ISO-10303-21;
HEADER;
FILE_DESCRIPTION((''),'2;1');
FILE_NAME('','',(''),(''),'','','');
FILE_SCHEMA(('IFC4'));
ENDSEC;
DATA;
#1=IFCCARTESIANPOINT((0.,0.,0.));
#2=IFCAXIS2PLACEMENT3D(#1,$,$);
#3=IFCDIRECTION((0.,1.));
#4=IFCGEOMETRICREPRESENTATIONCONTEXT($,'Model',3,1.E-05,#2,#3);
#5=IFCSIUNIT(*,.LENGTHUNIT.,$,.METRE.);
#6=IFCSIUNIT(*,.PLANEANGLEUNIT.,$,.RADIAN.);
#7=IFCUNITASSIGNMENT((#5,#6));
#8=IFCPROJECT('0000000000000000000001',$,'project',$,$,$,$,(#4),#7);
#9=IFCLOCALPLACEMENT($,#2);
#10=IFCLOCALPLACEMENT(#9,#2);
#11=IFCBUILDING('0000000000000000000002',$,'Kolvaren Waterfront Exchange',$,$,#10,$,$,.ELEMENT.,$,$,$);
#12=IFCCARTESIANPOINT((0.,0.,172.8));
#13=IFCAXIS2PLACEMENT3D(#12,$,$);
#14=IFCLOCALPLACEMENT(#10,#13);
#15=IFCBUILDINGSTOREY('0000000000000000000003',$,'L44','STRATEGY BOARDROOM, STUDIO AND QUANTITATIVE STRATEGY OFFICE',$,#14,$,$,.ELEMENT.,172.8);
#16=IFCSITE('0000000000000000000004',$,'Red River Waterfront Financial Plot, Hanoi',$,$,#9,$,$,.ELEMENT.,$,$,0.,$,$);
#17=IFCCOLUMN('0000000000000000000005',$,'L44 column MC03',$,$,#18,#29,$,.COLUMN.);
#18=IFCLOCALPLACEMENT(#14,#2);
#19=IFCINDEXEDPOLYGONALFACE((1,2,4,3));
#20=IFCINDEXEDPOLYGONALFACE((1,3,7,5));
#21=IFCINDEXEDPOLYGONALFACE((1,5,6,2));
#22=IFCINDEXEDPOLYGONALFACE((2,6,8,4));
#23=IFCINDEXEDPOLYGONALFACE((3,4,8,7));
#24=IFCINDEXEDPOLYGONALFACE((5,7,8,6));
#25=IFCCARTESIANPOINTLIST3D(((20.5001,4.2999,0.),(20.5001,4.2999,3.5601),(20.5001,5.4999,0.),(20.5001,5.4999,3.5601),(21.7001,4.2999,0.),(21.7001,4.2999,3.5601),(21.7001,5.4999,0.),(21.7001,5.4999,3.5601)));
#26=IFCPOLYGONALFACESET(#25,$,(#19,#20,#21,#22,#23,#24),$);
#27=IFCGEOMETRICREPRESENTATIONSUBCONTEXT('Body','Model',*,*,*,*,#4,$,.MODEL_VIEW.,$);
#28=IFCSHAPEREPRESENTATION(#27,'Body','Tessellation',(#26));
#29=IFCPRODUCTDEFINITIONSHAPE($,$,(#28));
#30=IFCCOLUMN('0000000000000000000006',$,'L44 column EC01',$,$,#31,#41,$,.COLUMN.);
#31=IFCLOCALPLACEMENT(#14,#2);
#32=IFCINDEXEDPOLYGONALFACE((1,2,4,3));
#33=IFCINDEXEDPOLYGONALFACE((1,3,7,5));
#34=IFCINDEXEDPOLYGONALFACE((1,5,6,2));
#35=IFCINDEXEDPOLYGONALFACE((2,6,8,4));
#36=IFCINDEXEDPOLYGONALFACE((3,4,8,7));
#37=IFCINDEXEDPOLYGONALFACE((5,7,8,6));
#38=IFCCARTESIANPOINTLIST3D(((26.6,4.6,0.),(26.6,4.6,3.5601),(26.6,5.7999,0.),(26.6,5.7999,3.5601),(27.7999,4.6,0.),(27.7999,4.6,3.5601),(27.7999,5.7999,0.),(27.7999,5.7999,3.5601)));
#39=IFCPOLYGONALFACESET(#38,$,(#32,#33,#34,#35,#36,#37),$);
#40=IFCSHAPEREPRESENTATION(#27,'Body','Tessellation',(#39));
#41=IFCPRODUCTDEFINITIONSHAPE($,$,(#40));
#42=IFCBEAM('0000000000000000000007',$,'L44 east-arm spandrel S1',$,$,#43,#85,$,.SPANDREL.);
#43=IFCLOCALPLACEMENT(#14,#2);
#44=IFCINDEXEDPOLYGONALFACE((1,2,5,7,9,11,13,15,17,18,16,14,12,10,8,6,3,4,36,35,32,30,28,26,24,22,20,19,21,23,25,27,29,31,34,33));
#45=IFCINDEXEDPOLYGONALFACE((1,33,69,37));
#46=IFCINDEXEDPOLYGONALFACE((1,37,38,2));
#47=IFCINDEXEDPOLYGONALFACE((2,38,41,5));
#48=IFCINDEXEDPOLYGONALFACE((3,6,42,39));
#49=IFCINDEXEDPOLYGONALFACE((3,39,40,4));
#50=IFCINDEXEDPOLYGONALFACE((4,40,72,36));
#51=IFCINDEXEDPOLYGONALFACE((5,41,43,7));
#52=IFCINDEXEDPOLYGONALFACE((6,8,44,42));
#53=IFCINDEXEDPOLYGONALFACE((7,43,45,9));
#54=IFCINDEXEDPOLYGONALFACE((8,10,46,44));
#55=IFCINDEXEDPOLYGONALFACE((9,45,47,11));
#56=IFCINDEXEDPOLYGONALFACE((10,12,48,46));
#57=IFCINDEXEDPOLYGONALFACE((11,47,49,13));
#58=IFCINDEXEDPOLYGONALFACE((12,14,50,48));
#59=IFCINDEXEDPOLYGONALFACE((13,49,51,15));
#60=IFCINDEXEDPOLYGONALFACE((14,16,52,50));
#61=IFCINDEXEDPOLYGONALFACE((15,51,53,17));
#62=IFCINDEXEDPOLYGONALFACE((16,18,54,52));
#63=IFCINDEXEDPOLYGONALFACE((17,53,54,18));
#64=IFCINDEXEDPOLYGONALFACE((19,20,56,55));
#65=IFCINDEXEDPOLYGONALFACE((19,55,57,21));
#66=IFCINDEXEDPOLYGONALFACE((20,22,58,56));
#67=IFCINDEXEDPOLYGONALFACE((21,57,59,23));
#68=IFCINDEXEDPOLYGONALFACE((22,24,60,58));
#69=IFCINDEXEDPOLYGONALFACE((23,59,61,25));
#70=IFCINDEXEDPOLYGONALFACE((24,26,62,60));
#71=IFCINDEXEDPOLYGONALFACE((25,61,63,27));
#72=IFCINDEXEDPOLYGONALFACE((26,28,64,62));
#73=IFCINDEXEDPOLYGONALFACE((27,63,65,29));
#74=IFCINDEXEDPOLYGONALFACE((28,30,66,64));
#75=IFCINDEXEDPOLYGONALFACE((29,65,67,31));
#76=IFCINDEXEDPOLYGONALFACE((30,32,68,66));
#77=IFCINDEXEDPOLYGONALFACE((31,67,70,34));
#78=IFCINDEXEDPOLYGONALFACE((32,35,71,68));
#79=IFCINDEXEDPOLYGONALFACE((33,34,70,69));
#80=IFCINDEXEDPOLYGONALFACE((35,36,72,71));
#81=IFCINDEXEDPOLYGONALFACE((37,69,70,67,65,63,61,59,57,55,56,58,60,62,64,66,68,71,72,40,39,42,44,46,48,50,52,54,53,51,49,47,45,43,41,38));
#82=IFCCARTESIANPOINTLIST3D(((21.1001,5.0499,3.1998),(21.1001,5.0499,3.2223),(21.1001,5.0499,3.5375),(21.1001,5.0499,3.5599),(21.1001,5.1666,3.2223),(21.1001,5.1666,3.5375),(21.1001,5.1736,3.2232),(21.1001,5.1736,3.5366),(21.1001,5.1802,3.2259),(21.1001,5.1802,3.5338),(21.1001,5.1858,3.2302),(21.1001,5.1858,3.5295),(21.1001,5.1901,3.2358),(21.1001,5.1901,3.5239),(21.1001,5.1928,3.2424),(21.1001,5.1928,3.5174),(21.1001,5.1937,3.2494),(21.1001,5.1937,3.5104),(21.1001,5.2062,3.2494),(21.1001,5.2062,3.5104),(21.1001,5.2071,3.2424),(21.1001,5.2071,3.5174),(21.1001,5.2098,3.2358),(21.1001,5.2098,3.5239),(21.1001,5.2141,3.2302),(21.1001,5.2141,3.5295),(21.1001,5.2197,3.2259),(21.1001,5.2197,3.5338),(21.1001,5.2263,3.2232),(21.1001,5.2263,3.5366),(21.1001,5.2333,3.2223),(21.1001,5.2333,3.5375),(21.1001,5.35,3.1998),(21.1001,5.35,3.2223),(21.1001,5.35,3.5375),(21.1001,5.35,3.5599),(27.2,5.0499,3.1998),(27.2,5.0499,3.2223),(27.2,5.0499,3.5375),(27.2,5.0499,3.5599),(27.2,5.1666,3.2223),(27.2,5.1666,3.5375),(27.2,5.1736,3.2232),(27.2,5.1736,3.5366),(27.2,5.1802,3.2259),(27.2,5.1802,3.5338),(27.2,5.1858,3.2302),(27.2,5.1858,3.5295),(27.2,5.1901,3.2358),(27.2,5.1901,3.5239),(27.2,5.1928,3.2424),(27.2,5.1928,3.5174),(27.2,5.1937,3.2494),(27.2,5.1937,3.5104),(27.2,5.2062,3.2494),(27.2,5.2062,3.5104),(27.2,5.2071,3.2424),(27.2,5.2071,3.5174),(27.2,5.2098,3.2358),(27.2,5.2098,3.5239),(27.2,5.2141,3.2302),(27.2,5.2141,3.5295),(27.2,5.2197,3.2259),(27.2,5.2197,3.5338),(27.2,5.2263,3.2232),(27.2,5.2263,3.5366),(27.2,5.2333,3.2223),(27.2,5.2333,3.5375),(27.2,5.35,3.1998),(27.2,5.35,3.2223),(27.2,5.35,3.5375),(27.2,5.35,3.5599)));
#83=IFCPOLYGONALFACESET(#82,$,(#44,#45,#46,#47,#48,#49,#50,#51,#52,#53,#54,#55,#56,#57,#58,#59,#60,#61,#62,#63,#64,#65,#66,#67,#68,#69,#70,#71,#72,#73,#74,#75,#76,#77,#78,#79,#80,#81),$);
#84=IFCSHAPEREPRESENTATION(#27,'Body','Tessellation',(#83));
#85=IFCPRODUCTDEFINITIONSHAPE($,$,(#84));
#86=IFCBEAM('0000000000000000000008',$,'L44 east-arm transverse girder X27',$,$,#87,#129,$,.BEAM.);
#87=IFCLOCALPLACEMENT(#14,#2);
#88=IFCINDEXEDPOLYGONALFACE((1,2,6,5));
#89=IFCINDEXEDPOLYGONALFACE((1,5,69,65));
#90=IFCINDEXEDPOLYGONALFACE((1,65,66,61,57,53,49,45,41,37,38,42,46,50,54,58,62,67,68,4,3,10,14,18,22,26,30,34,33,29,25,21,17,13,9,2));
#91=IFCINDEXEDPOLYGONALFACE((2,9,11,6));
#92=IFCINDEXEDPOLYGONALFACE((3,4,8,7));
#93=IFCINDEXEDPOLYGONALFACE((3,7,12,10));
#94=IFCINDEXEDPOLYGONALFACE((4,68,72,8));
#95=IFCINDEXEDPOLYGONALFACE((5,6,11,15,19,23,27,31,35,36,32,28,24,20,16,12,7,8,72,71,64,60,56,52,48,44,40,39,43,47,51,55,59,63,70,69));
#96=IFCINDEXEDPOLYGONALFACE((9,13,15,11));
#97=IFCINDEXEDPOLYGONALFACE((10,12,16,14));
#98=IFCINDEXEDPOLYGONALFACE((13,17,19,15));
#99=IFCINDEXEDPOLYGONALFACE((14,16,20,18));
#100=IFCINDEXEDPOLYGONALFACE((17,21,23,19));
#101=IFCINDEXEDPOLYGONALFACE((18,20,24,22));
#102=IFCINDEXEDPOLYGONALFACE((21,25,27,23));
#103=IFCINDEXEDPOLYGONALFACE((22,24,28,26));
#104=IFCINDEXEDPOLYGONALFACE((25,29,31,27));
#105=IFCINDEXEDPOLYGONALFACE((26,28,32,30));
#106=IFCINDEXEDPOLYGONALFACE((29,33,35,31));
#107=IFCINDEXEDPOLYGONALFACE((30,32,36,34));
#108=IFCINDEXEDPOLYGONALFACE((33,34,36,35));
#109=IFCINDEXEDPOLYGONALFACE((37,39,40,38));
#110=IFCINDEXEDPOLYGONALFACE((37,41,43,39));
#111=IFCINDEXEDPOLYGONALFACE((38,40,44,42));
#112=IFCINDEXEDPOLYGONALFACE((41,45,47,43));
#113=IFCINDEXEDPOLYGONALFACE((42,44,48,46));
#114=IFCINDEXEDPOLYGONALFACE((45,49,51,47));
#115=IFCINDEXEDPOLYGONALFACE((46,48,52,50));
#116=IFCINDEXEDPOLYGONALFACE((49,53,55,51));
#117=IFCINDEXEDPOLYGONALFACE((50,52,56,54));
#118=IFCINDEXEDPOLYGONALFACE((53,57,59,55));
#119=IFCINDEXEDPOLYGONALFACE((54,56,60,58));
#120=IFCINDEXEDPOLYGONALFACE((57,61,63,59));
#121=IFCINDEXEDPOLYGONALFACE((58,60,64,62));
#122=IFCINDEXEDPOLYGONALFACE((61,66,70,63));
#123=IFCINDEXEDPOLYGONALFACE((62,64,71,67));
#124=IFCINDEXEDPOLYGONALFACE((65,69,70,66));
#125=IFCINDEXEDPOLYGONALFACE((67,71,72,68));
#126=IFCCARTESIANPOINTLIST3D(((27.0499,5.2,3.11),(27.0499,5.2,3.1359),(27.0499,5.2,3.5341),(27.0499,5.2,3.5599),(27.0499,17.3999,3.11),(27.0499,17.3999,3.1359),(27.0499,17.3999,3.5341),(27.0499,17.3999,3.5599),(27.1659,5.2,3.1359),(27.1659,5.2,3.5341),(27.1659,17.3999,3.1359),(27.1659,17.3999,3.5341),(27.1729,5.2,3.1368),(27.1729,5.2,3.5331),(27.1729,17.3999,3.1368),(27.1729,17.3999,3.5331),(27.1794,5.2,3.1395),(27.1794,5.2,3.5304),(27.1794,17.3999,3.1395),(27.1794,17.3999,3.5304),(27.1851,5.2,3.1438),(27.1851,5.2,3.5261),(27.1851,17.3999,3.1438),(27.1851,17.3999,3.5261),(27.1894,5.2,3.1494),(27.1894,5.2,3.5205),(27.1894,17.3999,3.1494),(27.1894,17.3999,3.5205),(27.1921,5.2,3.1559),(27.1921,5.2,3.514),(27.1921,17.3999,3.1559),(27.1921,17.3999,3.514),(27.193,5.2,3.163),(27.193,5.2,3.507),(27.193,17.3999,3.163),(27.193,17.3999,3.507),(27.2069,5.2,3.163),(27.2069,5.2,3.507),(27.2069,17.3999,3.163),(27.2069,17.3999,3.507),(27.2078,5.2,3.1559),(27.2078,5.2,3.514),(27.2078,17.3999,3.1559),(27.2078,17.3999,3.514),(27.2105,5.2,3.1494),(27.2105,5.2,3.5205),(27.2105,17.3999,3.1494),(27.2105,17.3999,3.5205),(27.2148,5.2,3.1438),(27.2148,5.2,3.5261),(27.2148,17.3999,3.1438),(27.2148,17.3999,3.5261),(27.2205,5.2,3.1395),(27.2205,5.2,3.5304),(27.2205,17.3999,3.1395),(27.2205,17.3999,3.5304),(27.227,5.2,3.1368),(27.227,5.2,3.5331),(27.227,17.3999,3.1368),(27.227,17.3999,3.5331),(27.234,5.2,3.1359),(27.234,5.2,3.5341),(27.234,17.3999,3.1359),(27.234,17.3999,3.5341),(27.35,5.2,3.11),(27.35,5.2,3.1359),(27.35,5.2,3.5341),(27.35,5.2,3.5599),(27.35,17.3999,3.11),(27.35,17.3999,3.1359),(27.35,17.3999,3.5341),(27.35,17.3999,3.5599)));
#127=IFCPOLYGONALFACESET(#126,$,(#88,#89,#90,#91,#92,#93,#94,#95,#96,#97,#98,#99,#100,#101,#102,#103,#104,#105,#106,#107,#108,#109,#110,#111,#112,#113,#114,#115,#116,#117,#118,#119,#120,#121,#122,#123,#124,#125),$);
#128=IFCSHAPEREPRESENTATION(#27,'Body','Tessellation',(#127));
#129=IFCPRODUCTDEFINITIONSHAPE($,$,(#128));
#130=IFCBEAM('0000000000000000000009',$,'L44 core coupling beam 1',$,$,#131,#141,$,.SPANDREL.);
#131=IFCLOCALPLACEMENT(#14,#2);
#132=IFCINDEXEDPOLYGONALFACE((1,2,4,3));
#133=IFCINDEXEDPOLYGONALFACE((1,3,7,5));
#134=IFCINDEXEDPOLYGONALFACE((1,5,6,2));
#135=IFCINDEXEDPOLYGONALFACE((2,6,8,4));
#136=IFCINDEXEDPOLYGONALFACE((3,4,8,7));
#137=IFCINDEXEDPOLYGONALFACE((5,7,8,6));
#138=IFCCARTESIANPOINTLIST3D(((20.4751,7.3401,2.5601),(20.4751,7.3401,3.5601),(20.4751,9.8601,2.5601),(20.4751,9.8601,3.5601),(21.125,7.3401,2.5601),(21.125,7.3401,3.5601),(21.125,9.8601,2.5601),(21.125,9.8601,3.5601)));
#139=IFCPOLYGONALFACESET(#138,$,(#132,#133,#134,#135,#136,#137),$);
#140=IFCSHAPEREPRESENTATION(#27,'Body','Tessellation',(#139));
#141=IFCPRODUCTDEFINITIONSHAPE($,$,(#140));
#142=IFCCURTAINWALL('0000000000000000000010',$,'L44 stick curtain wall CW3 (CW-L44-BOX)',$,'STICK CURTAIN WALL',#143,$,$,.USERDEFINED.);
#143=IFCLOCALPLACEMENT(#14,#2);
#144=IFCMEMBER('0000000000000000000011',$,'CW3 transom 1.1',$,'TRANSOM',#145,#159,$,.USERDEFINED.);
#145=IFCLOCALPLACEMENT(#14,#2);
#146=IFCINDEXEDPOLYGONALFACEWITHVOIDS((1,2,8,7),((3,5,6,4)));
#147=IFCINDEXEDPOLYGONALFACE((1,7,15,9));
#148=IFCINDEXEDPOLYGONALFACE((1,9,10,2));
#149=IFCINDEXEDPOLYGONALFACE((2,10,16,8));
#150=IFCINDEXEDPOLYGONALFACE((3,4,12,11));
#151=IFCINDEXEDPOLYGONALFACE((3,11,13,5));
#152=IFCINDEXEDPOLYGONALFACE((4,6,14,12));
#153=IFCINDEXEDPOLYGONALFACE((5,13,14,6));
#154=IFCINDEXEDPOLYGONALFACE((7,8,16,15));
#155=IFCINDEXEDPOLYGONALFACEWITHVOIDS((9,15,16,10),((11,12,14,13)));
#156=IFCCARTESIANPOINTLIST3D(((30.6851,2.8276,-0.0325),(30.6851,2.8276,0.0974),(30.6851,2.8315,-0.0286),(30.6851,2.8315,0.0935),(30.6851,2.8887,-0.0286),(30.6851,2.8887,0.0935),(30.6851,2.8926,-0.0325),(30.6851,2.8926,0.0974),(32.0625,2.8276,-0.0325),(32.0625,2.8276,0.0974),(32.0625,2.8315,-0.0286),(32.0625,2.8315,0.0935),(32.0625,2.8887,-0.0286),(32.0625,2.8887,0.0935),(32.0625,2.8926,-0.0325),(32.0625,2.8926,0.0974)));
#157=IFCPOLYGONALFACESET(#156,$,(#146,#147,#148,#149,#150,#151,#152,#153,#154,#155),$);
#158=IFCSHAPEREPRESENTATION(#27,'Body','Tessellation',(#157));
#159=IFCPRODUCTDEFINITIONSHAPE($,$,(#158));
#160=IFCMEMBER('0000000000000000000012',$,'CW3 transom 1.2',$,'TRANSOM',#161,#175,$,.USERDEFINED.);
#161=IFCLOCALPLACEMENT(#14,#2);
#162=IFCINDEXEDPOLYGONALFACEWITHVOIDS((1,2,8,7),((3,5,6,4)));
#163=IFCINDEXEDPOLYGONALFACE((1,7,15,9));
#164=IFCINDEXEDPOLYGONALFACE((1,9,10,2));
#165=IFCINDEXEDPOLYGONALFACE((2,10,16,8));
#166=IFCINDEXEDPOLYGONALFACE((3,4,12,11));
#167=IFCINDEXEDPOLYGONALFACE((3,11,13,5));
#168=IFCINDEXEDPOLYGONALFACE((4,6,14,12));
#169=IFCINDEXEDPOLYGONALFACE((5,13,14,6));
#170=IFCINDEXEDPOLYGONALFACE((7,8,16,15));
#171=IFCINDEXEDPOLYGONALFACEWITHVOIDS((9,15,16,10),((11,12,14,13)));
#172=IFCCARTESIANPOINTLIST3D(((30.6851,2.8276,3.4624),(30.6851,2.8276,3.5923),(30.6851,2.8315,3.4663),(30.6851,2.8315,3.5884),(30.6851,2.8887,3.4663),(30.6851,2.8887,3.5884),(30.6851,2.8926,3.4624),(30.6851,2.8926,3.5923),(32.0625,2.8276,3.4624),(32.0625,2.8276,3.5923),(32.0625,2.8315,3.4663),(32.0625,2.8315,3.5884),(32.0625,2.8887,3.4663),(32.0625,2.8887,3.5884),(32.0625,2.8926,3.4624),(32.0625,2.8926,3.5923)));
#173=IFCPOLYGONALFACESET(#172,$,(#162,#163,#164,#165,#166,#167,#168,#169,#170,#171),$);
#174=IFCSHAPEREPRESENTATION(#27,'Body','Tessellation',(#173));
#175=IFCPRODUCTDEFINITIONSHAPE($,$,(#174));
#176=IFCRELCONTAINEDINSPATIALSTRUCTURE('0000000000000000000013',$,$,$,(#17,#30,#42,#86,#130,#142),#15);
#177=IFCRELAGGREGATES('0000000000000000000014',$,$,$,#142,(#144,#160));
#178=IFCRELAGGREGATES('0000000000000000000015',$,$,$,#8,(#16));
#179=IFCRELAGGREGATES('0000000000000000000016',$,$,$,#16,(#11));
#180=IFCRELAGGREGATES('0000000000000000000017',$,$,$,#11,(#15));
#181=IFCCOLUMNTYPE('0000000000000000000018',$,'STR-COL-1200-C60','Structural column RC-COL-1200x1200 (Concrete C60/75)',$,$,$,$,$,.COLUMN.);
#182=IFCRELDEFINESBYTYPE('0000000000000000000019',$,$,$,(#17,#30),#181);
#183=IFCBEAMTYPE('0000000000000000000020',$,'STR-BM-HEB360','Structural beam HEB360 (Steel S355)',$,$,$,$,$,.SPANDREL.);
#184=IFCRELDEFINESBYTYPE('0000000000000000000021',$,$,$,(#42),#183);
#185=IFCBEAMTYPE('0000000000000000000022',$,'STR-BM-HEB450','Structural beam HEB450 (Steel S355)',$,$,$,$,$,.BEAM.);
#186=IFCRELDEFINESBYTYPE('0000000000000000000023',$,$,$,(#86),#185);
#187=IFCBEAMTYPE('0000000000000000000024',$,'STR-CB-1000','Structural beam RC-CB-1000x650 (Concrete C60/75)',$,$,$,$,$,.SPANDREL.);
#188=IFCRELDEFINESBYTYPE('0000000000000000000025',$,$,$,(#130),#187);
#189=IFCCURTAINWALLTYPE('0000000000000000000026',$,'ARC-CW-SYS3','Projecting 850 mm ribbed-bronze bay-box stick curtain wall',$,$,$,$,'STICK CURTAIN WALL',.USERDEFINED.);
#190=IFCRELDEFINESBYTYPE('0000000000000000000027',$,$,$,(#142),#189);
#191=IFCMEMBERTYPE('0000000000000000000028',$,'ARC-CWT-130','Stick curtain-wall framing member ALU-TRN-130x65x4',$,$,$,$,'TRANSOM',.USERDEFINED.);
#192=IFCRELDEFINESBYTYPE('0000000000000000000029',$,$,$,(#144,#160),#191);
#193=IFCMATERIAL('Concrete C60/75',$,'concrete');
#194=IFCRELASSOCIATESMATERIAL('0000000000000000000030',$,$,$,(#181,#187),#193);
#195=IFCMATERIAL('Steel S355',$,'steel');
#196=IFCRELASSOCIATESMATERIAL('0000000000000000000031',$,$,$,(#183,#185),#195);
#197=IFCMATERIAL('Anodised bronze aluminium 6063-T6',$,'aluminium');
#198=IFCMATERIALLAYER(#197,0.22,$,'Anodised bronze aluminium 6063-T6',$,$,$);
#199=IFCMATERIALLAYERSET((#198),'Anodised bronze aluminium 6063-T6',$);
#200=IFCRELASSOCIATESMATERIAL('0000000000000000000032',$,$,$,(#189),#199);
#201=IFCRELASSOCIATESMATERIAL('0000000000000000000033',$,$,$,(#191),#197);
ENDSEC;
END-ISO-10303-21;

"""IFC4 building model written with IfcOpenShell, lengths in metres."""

from ifc_helpers import new_model, si_unit, direction, frame, origin, origin_with_axes, origin_2d, place, context, subcontext, project, spatial, rectangle, hollow_rectangle, i_section, extrude, source, transform, mapped, material, layer, layer_set, material_profile, profile_set, type_object, element, aggregate, save


model = new_model("IFC4")

# Units and contexts
model_context = context("Model", 3, precision=1e-05, world=origin(), true_north=direction((0.0, 1.0)))
body_context = subcontext(model_context, "Body", "Model", "MODEL_VIEW")
ifc_project = project(units=[si_unit("LENGTHUNIT", "METRE"), si_unit("PLANEANGLEUNIT", "RADIAN")], contexts=[model_context])

# Site, building, storey
site_placement = place(None, origin())
site = spatial("IfcSite", under=ifc_project, at=site_placement, Name="Red River Waterfront Financial Plot, Hanoi", CompositionType="ELEMENT", RefElevation=0.0)
building_placement = place(site_placement, origin())
building = spatial("IfcBuilding", under=site, at=building_placement, Name="Kolvaren Waterfront Exchange", CompositionType="ELEMENT")
storey_placement = place(building_placement, frame((0.0, 0.0, 172.8)))
storey = spatial("IfcBuildingStorey", under=building, at=storey_placement, Name="L44", Description="STRATEGY BOARDROOM, STUDIO AND QUANTITATIVE STRATEGY OFFICE", CompositionType="ELEMENT", Elevation=172.8)

# Columns
ifc_material_1 = material(Name="Concrete C60/75", Category="concrete")
ifc_material_profile_1 = material_profile(ifc_material_1, rectangle(XDim=1.2, YDim=1.2, at=origin_2d()), Name="RC-COL-1200x1200")
ifc_profile_set_1 = profile_set([ifc_material_profile_1], Name="Concrete C60/75")
column_type = type_object("IfcColumnType", Name="STR-COL-1200-C60", Description="Structural column RC-COL-1200x1200 (Concrete C60/75)", PredefinedType="COLUMN", material=ifc_profile_set_1)
for number, where, z_axis, x_axis, name in (
    (1, (21.1001, 4.8999, 0.0), (0.0, 0.0, 1.0), (1.0, 0.0, 0.0), "L44 column MC03"),
    (2, (27.2, 5.2, 0.0), (0.0, 0.0, 1.0), (1.0, 0.0, 0.0), "L44 column EC01"),
):
    element("IfcColumn", number, at=place(storey_placement, frame(where, z_axis=z_axis, x_axis=x_axis)), inside=storey, type_object=column_type, Name=name, PredefinedType="COLUMN", context=body_context, shape_type="SweptSolid", body=[
        extrude(rectangle(XDim=1.2, YDim=1.2, at=origin_2d()), origin(), (0.0, 0.0, 1.0), 3.5601),
    ])

# Beams
ifc_material_2 = material(Name="Steel S355", Category="steel")
ifc_material_profile_2 = material_profile(ifc_material_2, i_section(OverallWidth=0.3, OverallDepth=0.3601, WebThickness=0.0125, FlangeThickness=0.0225, FilletRadius=0.0271, at=origin_2d()), Name="HEB360")
ifc_profile_set_2 = profile_set([ifc_material_profile_2], Name="Steel S355")
beam_type_1 = type_object("IfcBeamType", Name="STR-BM-HEB360", Description="Structural beam HEB360 (Steel S355)", PredefinedType="SPANDREL", material=ifc_profile_set_2)
beam_1_placement = place(storey_placement, frame((21.1001, 5.2, 3.3799), z_axis=(1.0, 0.0, 0.0), x_axis=(0.0, 1.0, 0.0)))
element("IfcBeam", 3, at=beam_1_placement, inside=storey, type_object=beam_type_1, Name="L44 east-arm spandrel S1", PredefinedType="SPANDREL", context=body_context, shape_type="SweptSolid", body=[
    extrude(i_section(OverallWidth=0.3, OverallDepth=0.3601, WebThickness=0.0125, FlangeThickness=0.0225, FilletRadius=0.0271, at=origin_2d()), origin(), (0.0, 0.0, 1.0), 6.0999),
])
ifc_material_profile_3 = material_profile(ifc_material_2, i_section(OverallWidth=0.3, OverallDepth=0.45, WebThickness=0.0139, FlangeThickness=0.0259, FilletRadius=0.0271, at=origin_2d()), Name="HEB450")
ifc_profile_set_3 = profile_set([ifc_material_profile_3], Name="Steel S355")
beam_type_2 = type_object("IfcBeamType", Name="STR-BM-HEB450", Description="Structural beam HEB450 (Steel S355)", PredefinedType="BEAM", material=ifc_profile_set_3)
beam_2_placement = place(storey_placement, frame((27.2, 5.2, 3.335), z_axis=(0.0, 1.0, 0.0), x_axis=(-1.0, 0.0, 0.0)))
element("IfcBeam", 4, at=beam_2_placement, inside=storey, type_object=beam_type_2, Name="L44 east-arm transverse girder X27", PredefinedType="BEAM", context=body_context, shape_type="SweptSolid", body=[
    extrude(i_section(OverallWidth=0.3, OverallDepth=0.45, WebThickness=0.0139, FlangeThickness=0.0259, FilletRadius=0.0271, at=origin_2d()), origin(), (0.0, 0.0, 1.0), 12.2),
])
ifc_material_profile_4 = material_profile(ifc_material_1, rectangle(XDim=0.6499, YDim=1.0, at=origin_2d()), Name="RC-CB-1000x650")
ifc_profile_set_4 = profile_set([ifc_material_profile_4], Name="Concrete C60/75")
beam_type_3 = type_object("IfcBeamType", Name="STR-CB-1000", Description="Structural beam RC-CB-1000x650 (Concrete C60/75)", PredefinedType="SPANDREL", material=ifc_profile_set_4)
beam_3_placement = place(storey_placement, frame((20.8, 7.3401, 3.0601), z_axis=(0.0, 1.0, 0.0), x_axis=(-1.0, 0.0, 0.0)))
element("IfcBeam", 5, at=beam_3_placement, inside=storey, type_object=beam_type_3, Name="L44 core coupling beam 1", PredefinedType="SPANDREL", context=body_context, shape_type="SweptSolid", body=[
    extrude(rectangle(XDim=0.6499, YDim=1.0, at=origin_2d()), origin(), (0.0, 0.0, 1.0), 2.52),
])

# Curtain wall, members
ifc_material_3 = material(Name="Anodised bronze aluminium 6063-T6", Category="aluminium")
ifc_layer_1 = layer(ifc_material_3, 0.22, Name="Anodised bronze aluminium 6063-T6")
ifc_layer_set_1 = layer_set([ifc_layer_1], Name="Anodised bronze aluminium 6063-T6")
curtain_wall_type_1 = type_object("IfcCurtainWallType", Name="ARC-CW-SYS3", Description="Projecting 850 mm ribbed-bronze bay-box stick curtain wall", ElementType="STICK CURTAIN WALL", PredefinedType="USERDEFINED", material=ifc_layer_set_1)
curtain_wall_1_placement = place(storey_placement, origin())
curtain_wall_1 = element("IfcCurtainWall", 6, at=curtain_wall_1_placement, inside=storey, type_object=curtain_wall_type_1, Name="L44 stick curtain wall CW3 (CW-L44-BOX)", ObjectType="STICK CURTAIN WALL", PredefinedType="USERDEFINED")
ifc_material_profile_5 = material_profile(ifc_material_3, hollow_rectangle(XDim=0.0649, YDim=0.1299, WallThickness=0.0039, at=origin_2d()), Name="ALU-TRN-130x65x4")
ifc_profile_set_5 = profile_set([ifc_material_profile_5], Name="Anodised bronze aluminium 6063-T6")
member_type_1 = type_object("IfcMemberType", Name="ARC-CWT-130", Description="Stick curtain-wall framing member ALU-TRN-130x65x4", ElementType="TRANSOM", PredefinedType="USERDEFINED", material=ifc_profile_set_5)
shared_shape_1 = source(origin_with_axes(), body_context, "Body", "SweptSolid", [
    extrude(hollow_rectangle(XDim=0.0649, YDim=0.1299, WallThickness=0.0039, at=origin_2d()), origin(), (0.0, 0.0, 1.0), 1.3774),
])
member_1_placement = place(storey_placement, frame((30.6851, 2.8601, 0.0325), z_axis=(1.0, 0.0, 0.0), x_axis=(0.0, 1.0, 0.0)))
member_1 = element("IfcMember", 7, at=member_1_placement, type_object=member_type_1, Name="CW3 transom 1.1", ObjectType="TRANSOM", PredefinedType="USERDEFINED", context=body_context, shape_type="MappedRepresentation", body=[
    mapped(shared_shape_1, transform((0.0, 0.0, 0.0), x_axis=(1.0, 0.0, 0.0), y_axis=(0.0, 1.0, 0.0), z_axis=(0.0, 0.0, 1.0), scale=1.0)),
])
member_2_placement = place(storey_placement, frame((30.6851, 2.8601, 3.5273), z_axis=(1.0, 0.0, 0.0), x_axis=(0.0, 1.0, 0.0)))
member_2 = element("IfcMember", 8, at=member_2_placement, type_object=member_type_1, Name="CW3 transom 1.2", ObjectType="TRANSOM", PredefinedType="USERDEFINED", context=body_context, shape_type="MappedRepresentation", body=[
    mapped(shared_shape_1, transform((0.0, 0.0, 0.0), x_axis=(1.0, 0.0, 0.0), y_axis=(0.0, 1.0, 0.0), z_axis=(0.0, 0.0, 1.0), scale=1.0)),
])

aggregate(curtain_wall_1, [member_1, member_2])

save(model, "model.ifc")
